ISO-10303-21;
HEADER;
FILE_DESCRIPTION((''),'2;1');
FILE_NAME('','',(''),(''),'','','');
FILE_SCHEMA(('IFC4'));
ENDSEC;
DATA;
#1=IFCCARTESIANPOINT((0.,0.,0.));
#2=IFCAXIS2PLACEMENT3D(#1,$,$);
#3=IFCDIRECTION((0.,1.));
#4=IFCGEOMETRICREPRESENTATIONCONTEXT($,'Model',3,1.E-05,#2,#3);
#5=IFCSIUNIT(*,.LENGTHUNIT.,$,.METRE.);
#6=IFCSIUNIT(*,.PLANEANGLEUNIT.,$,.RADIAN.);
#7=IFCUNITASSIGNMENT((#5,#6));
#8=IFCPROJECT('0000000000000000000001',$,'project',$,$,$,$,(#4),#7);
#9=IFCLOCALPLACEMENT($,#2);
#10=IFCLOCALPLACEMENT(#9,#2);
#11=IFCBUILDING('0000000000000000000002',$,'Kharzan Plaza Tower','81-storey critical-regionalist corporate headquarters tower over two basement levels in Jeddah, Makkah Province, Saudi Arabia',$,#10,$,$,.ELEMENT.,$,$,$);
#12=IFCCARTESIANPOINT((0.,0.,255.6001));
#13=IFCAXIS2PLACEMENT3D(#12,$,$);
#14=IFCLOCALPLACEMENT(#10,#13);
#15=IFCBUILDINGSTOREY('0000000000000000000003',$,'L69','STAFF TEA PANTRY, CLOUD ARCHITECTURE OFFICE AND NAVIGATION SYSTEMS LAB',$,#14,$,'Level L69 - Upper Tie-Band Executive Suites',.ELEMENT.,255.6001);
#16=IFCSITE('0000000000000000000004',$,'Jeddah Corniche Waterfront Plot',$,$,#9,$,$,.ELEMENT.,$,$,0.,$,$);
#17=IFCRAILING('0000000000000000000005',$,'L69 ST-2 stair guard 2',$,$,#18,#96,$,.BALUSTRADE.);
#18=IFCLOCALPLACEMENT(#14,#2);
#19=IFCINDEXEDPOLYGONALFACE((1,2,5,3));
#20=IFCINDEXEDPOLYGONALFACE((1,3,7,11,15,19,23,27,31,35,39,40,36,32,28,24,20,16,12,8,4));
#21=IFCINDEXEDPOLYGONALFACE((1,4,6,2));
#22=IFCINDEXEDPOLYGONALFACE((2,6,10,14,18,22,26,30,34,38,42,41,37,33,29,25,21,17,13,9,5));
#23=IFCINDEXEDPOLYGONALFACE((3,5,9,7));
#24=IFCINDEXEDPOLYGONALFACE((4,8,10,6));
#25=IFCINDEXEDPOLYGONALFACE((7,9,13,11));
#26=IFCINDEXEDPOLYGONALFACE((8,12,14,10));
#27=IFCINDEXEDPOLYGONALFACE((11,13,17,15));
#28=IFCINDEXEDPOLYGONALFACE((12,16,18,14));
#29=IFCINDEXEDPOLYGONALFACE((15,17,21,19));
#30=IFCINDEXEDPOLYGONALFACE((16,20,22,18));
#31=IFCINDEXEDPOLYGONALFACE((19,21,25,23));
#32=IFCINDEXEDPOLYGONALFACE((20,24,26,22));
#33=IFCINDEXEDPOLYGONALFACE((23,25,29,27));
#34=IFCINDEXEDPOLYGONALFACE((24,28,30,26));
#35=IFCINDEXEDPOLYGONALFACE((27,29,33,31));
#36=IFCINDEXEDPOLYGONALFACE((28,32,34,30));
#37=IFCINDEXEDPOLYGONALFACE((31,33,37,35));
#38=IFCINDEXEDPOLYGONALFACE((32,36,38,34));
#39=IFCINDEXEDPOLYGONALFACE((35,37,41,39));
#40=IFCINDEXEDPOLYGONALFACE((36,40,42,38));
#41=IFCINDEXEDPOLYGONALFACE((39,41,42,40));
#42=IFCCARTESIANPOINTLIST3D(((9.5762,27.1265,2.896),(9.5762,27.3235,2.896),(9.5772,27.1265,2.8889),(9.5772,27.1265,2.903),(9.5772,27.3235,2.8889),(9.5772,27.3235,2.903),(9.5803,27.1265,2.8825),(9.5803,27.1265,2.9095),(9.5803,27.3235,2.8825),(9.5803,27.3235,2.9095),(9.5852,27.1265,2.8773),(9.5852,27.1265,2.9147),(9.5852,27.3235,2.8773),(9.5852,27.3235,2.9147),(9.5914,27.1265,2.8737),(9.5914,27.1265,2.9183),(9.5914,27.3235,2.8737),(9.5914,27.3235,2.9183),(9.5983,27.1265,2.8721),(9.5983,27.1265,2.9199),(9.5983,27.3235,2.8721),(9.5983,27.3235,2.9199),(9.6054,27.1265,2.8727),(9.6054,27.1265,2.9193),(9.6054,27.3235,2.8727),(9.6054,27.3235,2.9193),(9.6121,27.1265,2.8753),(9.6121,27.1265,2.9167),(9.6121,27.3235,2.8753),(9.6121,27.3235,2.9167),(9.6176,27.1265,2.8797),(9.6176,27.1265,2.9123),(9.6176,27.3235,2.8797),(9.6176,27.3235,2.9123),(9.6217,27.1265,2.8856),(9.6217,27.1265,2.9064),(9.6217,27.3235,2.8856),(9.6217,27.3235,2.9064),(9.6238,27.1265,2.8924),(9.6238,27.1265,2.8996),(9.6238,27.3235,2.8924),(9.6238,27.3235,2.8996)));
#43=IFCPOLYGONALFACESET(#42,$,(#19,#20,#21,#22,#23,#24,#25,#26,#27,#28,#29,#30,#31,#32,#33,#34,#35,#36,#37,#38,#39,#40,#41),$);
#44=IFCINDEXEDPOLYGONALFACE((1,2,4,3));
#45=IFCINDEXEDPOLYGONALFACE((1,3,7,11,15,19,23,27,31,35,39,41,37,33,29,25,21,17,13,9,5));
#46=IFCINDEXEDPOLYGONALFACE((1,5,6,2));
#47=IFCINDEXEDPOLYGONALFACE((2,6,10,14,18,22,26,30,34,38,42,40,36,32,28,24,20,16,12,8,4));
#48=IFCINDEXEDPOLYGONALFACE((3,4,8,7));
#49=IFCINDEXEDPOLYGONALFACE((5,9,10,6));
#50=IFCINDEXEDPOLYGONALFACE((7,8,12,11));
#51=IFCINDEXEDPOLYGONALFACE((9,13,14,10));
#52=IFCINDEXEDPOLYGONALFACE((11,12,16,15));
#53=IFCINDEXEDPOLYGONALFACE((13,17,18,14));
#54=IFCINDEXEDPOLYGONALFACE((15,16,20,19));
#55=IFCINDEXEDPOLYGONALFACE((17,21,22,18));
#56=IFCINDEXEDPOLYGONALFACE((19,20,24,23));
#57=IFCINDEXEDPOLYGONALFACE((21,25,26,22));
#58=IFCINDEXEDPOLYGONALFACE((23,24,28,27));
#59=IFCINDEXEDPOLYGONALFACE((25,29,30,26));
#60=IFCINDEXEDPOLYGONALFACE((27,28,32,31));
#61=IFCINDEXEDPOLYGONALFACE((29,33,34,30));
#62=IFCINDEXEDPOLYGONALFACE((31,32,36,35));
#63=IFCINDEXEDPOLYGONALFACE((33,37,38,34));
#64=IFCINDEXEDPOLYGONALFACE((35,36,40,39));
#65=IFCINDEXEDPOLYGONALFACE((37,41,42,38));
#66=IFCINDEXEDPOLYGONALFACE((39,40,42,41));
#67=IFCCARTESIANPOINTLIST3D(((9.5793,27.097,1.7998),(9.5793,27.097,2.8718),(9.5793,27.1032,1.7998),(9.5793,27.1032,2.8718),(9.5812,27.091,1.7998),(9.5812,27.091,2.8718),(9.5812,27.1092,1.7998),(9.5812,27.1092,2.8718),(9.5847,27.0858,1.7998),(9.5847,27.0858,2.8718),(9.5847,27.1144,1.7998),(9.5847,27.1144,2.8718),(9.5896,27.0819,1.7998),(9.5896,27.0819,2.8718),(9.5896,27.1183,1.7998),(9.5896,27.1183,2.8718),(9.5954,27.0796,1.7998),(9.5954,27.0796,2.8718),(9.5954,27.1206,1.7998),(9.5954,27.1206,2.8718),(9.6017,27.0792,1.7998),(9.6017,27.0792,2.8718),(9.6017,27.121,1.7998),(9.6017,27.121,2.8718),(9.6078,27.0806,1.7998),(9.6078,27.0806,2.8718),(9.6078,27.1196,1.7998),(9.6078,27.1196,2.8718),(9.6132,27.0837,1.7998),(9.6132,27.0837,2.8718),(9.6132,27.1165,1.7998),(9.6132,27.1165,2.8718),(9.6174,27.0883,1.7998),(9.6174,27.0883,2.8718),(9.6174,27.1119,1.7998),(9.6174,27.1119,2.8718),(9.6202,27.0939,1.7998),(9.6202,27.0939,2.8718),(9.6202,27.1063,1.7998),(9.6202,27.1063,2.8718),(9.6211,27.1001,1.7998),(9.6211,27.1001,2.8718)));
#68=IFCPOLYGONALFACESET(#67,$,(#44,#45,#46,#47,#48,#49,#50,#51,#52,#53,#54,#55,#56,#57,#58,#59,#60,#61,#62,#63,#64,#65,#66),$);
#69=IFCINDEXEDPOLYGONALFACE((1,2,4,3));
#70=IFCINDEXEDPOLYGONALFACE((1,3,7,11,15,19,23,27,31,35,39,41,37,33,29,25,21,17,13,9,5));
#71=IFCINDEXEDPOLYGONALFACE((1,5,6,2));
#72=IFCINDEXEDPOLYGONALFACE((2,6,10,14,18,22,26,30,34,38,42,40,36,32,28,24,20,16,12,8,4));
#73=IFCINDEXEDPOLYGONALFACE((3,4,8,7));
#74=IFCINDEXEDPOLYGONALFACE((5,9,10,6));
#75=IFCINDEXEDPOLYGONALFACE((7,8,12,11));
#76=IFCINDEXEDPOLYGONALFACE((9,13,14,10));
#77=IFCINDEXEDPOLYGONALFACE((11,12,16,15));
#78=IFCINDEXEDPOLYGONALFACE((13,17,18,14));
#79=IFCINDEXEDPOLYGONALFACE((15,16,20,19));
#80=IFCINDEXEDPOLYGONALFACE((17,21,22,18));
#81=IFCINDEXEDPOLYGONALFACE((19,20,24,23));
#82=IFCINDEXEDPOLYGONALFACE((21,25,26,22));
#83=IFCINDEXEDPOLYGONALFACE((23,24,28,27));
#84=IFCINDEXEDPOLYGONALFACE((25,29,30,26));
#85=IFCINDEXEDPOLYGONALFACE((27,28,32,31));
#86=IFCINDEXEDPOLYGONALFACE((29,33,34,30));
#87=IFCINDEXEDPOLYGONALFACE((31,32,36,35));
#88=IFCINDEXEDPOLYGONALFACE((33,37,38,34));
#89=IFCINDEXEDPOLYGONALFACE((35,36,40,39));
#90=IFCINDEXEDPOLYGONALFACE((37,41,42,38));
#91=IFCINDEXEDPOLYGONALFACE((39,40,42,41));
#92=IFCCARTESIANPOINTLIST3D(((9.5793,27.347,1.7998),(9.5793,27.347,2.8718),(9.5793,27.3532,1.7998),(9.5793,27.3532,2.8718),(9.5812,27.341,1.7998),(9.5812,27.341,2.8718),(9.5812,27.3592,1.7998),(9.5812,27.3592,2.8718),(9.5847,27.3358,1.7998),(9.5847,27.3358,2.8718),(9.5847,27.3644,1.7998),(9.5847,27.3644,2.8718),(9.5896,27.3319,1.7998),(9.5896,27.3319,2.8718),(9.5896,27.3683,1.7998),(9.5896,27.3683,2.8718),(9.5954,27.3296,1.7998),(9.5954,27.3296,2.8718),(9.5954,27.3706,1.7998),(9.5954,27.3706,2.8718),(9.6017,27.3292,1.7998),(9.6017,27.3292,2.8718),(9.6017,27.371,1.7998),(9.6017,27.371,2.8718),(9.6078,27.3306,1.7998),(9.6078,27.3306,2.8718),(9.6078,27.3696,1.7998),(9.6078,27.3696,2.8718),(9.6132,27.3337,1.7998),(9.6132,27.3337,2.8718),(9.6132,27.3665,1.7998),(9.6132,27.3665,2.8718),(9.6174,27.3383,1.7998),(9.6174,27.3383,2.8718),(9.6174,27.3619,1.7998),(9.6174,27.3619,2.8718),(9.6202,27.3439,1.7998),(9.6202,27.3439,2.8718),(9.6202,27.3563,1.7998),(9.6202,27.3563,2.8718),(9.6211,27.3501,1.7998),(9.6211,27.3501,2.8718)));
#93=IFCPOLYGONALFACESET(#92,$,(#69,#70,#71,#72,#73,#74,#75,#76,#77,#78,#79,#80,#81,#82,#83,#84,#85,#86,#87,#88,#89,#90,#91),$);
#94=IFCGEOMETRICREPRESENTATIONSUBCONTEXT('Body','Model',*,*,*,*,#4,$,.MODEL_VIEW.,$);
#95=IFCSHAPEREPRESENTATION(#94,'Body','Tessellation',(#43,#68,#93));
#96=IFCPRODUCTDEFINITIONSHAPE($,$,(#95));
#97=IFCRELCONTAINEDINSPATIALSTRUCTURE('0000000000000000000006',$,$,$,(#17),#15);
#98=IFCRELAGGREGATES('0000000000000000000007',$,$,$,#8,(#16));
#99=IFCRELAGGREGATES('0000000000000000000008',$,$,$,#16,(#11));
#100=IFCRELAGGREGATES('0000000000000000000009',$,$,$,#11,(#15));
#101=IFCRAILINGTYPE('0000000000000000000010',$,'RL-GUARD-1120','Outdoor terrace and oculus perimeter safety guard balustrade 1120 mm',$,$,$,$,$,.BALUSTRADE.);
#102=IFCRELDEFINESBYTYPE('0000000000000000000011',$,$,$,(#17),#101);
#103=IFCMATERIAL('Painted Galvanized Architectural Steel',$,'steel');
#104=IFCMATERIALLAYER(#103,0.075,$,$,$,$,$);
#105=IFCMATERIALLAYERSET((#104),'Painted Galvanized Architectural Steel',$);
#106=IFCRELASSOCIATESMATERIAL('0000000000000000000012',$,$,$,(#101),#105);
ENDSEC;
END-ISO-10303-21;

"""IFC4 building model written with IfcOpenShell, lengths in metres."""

from ifc_helpers import new_model, si_unit, direction, frame, origin, origin_2d, place, context, subcontext, project, spatial, circle, extrude, source, transform, mapped, material, layer, layer_set, type_object, element, save


model = new_model("IFC4")

# Units and contexts
model_context = context("Model", 3, precision=1e-05, world=origin(), true_north=direction((0.0, 1.0)))
body_context = subcontext(model_context, "Body", "Model", "MODEL_VIEW")
ifc_project = project(units=[si_unit("LENGTHUNIT", "METRE"), si_unit("PLANEANGLEUNIT", "RADIAN")], contexts=[model_context])

# Site, building, storey
site_placement = place(None, origin())
site = spatial("IfcSite", under=ifc_project, at=site_placement, Name="Jeddah Corniche Waterfront Plot", CompositionType="ELEMENT", RefElevation=0.0)
building_placement = place(site_placement, origin())
building = spatial("IfcBuilding", under=site, at=building_placement, Name="Kharzan Plaza Tower", Description="81-storey critical-regionalist corporate headquarters tower over two basement levels in Jeddah, Makkah Province, Saudi Arabia", CompositionType="ELEMENT")
storey_placement = place(building_placement, frame((0.0, 0.0, 255.6001)))
storey = spatial("IfcBuildingStorey", under=building, at=storey_placement, Name="L69", Description="STAFF TEA PANTRY, CLOUD ARCHITECTURE OFFICE AND NAVIGATION SYSTEMS LAB", LongName="Level L69 - Upper Tie-Band Executive Suites", CompositionType="ELEMENT", Elevation=255.6001)

# Railing
ifc_material_1 = material(Name="Painted Galvanized Architectural Steel", Category="steel")
ifc_layer_1 = layer(ifc_material_1, 0.075)
ifc_layer_set_1 = layer_set([ifc_layer_1], Name="Painted Galvanized Architectural Steel")
railing_type = type_object("IfcRailingType", Name="RL-GUARD-1120", Description="Outdoor terrace and oculus perimeter safety guard balustrade 1120 mm", PredefinedType="BALUSTRADE", material=ifc_layer_set_1)
shared_shape_1 = source(origin(), body_context, "Body", "SweptSolid", [
    extrude(circle(Radius=0.0239, at=origin_2d()), frame((0.0, 0.0264, 1.0962), z_axis=(0.0, 1.0, 0.0), x_axis=(-1.0, 0.0, 0.0)), (0.0, 0.0, 1.0), 0.197),
    extrude(circle(Radius=0.021, at=origin_2d()), origin(), (0.0, 0.0, 1.0), 1.072),
    extrude(circle(Radius=0.021, at=origin_2d()), frame((0.0, 0.25, 0.0)), (0.0, 0.0, 1.0), 1.072),
])
railing_1_placement = place(storey_placement, frame((9.6001, 27.1001, 1.7998)))
element("IfcRailing", 1, at=railing_1_placement, inside=storey, type_object=railing_type, Name="L69 ST-2 stair guard 2", PredefinedType="BALUSTRADE", context=body_context, shape_type="MappedRepresentation", body=[
    mapped(shared_shape_1, transform((0.0, 0.0, 0.0), x_axis=(1.0, 0.0, 0.0), y_axis=(0.0, 1.0, 0.0), z_axis=(0.0, 0.0, 1.0))),
])

save(model, "model.ifc")
